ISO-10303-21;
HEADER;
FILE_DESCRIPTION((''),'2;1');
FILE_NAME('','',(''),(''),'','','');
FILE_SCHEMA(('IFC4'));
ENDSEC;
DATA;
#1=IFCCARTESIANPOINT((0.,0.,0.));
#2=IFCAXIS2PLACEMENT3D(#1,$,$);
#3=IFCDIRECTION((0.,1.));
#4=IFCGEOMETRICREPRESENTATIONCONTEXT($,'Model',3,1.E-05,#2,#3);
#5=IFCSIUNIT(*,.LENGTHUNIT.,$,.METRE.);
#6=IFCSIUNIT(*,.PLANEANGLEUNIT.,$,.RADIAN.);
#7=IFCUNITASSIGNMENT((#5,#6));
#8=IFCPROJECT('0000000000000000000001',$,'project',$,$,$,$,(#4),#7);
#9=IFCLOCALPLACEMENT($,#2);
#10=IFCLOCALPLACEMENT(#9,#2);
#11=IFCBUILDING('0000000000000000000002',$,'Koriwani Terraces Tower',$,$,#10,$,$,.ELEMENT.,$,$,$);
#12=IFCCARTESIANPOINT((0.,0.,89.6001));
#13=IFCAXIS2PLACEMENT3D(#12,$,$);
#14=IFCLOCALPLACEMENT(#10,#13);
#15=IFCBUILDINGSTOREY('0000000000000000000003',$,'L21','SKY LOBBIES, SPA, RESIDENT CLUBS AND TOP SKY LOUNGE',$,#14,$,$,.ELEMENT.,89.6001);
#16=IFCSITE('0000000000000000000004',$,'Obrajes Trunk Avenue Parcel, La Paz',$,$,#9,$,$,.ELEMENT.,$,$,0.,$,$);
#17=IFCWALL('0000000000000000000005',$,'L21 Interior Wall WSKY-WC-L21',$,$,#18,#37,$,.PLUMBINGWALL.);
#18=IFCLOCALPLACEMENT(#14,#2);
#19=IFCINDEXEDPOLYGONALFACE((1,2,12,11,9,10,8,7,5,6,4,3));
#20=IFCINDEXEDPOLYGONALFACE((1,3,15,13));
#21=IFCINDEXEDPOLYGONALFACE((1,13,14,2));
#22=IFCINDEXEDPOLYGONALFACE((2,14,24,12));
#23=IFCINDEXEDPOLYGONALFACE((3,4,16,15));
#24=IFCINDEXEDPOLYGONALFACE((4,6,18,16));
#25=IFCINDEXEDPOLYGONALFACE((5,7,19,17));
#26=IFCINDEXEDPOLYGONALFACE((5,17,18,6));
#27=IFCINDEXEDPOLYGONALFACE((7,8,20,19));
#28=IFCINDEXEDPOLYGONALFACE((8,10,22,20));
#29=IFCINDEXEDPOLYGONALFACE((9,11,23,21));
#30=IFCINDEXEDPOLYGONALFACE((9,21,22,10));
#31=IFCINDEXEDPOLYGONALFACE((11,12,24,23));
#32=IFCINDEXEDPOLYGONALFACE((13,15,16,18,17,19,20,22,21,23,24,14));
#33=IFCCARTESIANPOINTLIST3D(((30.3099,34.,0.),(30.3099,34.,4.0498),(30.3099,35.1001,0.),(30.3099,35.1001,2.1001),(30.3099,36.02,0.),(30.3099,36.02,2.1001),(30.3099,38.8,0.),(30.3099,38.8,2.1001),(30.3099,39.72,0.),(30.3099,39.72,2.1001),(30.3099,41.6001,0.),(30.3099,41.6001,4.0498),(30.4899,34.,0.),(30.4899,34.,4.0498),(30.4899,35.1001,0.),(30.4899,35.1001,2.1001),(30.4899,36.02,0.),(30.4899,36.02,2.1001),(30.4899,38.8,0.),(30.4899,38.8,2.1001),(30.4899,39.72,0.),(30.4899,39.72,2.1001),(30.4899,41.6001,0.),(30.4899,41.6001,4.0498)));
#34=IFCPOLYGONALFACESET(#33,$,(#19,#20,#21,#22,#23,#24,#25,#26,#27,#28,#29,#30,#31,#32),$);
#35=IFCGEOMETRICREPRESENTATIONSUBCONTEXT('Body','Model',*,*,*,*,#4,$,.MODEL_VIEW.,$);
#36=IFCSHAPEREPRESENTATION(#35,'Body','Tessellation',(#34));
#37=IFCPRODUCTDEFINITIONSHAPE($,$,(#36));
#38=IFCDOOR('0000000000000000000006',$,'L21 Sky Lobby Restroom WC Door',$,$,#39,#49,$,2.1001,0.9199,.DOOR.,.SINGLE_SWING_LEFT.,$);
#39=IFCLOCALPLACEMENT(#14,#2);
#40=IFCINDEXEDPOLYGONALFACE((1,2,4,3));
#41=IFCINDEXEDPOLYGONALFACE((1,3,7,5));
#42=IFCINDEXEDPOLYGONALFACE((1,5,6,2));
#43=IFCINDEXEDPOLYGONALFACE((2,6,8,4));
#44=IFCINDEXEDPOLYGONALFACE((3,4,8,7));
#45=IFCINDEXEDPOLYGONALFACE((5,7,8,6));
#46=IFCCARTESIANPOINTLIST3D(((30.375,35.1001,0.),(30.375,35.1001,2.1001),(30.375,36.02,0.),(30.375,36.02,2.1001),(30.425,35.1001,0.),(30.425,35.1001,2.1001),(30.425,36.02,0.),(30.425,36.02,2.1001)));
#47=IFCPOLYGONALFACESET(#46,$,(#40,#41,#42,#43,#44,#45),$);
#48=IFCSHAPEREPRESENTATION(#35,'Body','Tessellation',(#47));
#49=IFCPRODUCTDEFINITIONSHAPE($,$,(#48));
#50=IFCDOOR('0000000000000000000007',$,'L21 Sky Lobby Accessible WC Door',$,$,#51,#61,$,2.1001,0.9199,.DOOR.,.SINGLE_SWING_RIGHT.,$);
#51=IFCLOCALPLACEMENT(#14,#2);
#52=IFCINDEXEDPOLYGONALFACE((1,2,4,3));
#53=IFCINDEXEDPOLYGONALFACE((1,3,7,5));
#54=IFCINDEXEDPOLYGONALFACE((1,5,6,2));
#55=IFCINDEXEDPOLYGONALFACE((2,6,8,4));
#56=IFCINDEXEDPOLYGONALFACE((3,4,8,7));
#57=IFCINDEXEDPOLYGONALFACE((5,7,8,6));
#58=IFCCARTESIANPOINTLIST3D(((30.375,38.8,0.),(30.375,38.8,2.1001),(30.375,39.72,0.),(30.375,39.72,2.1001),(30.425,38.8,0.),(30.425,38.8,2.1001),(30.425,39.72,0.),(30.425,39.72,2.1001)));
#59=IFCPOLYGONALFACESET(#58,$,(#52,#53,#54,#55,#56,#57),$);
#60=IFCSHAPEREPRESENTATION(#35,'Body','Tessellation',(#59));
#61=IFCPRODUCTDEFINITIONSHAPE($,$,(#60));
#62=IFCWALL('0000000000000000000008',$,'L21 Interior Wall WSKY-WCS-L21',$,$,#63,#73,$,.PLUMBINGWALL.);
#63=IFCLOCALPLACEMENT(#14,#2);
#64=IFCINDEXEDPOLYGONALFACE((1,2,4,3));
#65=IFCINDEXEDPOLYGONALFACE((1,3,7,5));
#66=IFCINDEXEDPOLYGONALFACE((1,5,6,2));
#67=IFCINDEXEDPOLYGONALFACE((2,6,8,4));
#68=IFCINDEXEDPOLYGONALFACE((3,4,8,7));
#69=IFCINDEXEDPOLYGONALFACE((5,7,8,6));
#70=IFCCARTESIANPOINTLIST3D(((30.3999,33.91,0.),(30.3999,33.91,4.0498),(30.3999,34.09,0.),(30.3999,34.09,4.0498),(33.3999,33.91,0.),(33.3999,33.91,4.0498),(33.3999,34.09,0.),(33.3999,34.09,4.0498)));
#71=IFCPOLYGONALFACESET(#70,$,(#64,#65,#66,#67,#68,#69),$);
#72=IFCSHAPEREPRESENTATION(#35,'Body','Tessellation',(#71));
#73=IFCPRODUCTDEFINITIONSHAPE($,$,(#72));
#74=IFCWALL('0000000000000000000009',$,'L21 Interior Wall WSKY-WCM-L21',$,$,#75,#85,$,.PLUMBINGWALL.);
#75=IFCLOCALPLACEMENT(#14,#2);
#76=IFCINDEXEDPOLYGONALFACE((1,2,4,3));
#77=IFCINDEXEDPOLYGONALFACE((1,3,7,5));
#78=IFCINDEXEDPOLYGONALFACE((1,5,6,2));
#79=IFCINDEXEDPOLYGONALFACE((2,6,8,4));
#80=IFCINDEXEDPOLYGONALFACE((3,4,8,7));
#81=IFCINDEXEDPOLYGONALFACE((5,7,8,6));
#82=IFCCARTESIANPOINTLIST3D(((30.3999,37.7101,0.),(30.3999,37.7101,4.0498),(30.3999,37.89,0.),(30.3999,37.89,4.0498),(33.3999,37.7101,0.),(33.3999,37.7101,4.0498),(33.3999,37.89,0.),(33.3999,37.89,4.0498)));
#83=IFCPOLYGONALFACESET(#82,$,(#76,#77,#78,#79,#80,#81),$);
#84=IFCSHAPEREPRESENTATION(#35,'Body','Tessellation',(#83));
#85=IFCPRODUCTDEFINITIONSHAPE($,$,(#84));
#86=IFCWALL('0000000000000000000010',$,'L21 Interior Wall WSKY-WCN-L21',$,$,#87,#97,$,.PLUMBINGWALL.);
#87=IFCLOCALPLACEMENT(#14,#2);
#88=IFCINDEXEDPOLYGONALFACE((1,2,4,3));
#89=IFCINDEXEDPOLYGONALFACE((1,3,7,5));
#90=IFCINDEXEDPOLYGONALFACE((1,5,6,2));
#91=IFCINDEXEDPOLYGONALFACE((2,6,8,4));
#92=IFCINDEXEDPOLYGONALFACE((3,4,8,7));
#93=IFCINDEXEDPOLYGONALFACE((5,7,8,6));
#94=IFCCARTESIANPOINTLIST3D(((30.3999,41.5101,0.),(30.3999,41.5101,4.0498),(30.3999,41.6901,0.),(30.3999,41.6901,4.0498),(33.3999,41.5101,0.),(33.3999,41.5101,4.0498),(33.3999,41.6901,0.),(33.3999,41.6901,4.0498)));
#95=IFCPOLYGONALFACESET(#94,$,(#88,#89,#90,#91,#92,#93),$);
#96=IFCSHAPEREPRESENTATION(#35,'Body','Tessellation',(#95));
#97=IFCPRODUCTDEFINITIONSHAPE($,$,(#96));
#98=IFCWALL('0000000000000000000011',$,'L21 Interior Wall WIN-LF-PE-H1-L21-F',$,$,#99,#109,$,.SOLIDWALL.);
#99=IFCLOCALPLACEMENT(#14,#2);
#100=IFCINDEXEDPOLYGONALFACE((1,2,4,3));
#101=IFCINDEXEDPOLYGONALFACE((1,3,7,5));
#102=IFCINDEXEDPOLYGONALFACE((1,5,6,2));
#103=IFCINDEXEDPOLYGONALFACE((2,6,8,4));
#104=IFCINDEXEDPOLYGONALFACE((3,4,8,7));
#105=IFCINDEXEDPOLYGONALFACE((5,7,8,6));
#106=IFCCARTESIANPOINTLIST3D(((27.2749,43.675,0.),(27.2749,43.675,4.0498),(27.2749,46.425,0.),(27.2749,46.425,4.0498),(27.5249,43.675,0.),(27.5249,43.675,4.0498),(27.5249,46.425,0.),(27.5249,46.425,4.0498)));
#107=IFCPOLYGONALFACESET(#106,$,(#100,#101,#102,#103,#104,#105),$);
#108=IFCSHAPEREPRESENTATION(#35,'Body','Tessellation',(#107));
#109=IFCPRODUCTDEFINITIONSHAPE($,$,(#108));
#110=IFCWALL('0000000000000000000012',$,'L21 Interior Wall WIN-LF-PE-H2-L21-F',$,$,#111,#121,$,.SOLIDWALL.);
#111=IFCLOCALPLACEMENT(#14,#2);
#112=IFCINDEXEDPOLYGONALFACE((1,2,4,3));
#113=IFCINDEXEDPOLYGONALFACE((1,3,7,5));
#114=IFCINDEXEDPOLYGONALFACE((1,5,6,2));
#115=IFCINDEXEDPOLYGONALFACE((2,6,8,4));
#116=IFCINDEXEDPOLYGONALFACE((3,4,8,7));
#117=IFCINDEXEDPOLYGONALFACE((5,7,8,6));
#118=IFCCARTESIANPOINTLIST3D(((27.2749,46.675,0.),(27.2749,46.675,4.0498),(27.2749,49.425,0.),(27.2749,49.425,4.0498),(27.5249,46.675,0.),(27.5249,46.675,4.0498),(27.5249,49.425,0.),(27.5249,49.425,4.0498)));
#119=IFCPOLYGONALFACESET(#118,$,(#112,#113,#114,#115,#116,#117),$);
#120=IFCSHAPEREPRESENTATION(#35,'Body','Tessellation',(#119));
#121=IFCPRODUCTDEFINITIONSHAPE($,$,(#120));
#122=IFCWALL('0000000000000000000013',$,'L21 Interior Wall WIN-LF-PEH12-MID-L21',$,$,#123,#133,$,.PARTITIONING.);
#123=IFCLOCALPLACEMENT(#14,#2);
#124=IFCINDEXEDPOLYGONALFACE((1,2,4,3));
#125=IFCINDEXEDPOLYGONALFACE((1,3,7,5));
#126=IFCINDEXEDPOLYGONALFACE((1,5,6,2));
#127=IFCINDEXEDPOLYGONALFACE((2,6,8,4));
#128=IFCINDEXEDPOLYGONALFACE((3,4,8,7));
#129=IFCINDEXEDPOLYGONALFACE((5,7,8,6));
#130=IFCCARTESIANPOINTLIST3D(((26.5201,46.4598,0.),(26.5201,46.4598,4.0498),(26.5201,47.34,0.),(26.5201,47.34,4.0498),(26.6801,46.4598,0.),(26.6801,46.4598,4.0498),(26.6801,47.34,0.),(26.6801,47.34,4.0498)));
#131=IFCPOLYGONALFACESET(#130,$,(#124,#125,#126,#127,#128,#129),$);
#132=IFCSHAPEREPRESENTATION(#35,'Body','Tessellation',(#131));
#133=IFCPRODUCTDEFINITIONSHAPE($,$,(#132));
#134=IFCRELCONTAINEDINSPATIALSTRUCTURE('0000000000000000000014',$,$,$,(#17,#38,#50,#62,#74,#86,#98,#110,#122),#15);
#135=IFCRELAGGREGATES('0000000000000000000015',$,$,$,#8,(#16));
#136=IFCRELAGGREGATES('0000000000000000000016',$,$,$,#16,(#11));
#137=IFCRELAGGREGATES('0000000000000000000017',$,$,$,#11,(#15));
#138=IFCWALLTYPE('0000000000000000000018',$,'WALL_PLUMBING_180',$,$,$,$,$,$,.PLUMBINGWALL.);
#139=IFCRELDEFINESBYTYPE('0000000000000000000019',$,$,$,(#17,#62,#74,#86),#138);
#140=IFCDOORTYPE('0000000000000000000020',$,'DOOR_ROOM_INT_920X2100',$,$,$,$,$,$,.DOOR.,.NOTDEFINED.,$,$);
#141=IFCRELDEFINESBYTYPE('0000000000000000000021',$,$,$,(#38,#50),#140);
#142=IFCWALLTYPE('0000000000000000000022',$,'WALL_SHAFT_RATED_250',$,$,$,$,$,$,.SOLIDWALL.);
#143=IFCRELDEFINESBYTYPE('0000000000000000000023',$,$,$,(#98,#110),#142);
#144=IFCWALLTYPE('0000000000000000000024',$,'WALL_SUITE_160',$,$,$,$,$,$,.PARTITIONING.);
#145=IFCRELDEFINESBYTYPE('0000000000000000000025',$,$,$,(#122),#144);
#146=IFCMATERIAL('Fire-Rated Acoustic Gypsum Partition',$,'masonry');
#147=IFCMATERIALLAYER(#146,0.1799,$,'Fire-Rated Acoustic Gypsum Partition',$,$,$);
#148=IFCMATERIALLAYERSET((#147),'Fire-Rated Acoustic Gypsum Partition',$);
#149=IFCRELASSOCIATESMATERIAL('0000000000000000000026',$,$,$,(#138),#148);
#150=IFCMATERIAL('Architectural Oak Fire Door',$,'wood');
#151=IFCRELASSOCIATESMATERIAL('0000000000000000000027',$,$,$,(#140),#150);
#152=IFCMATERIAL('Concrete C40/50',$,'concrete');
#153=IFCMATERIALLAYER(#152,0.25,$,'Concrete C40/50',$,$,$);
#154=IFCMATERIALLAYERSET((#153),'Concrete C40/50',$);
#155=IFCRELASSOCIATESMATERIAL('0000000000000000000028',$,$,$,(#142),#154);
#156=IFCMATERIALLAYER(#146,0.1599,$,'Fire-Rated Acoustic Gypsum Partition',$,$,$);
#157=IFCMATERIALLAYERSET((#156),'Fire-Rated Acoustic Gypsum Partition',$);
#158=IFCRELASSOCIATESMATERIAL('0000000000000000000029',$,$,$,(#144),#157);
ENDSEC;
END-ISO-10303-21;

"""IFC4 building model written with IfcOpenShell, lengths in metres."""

from ifc_helpers import new_model, si_unit, direction, frame, frame_2d, origin, place, context, subcontext, project, spatial, rectangle, extrude, material, layer, layer_set, type_object, element, fill, save


model = new_model("IFC4")

# Units and contexts
model_context = context("Model", 3, precision=1e-05, world=origin(), true_north=direction((0.0, 1.0)))
body_context = subcontext(model_context, "Body", "Model", "MODEL_VIEW")
ifc_project = project(units=[si_unit("LENGTHUNIT", "METRE"), si_unit("PLANEANGLEUNIT", "RADIAN")], contexts=[model_context])

# Site, building, storey
site_placement = place(None, origin())
site = spatial("IfcSite", under=ifc_project, at=site_placement, Name="Obrajes Trunk Avenue Parcel, La Paz", CompositionType="ELEMENT", RefElevation=0.0)
building_placement = place(site_placement, origin())
building = spatial("IfcBuilding", under=site, at=building_placement, Name="Koriwani Terraces Tower", CompositionType="ELEMENT")
storey_placement = place(building_placement, frame((0.0, 0.0, 89.6001)))
storey = spatial("IfcBuildingStorey", under=building, at=storey_placement, Name="L21", Description="SKY LOBBIES, SPA, RESIDENT CLUBS AND TOP SKY LOUNGE", CompositionType="ELEMENT", Elevation=89.6001)

# Shared definitions
ifc_material_1 = material(Name="Concrete C40/50", Category="concrete")

# Wall, openings, doors
ifc_material_2 = material(Name="Fire-Rated Acoustic Gypsum Partition", Category="masonry")
ifc_layer_1 = layer(ifc_material_2, 0.1799, Name="Fire-Rated Acoustic Gypsum Partition")
ifc_layer_set_1 = layer_set([ifc_layer_1], Name="Fire-Rated Acoustic Gypsum Partition")
wall_type_1 = type_object("IfcWallType", Name="WALL_PLUMBING_180", PredefinedType="PLUMBINGWALL", material=ifc_layer_set_1)
wall_1_placement = place(storey_placement, frame((30.3999, 34.0, 0.0), z_axis=(0.0, 0.0, 1.0), x_axis=(0.0, 1.0, 0.0)))
wall_1 = element("IfcWall", 1, at=wall_1_placement, inside=storey, type_object=wall_type_1, Name="L21 Interior Wall WSKY-WC-L21", PredefinedType="PLUMBINGWALL", context=body_context, shape_type="SweptSolid", body=[
    extrude(rectangle(XDim=7.6001, YDim=0.1799, at=frame_2d((3.8, 0.0))), origin(), (0.0, 0.0, 1.0), 4.0498),
])
opening_1_placement = place(wall_1_placement, frame((1.1001, 0.0, 0.0)))
opening_1 = element("IfcOpeningElement", 2, at=opening_1_placement, cuts=wall_1, PredefinedType="OPENING", context=body_context, shape_type="SweptSolid", body=[
    extrude(rectangle(XDim=0.9199, YDim=2.1001, at=frame_2d((0.46, 1.05))), frame((0.0, 0.1001, 0.0), z_axis=(0.0, -1.0, 0.0), x_axis=(1.0, 0.0, 0.0)), (0.0, 0.0, 1.0), 0.2),
])
opening_2_placement = place(wall_1_placement, frame((4.8, 0.0, 0.0)))
opening_2 = element("IfcOpeningElement", 3, at=opening_2_placement, cuts=wall_1, PredefinedType="OPENING", context=body_context, shape_type="SweptSolid", body=[
    extrude(rectangle(XDim=0.9199, YDim=2.1001, at=frame_2d((0.46, 1.05))), frame((0.0, 0.1001, 0.0), z_axis=(0.0, -1.0, 0.0), x_axis=(1.0, 0.0, 0.0)), (0.0, 0.0, 1.0), 0.2),
])
ifc_material_3 = material(Name="Architectural Oak Fire Door", Category="wood")
door_type_1 = type_object("IfcDoorType", Name="DOOR_ROOM_INT_920X2100", OperationType="NOTDEFINED", PredefinedType="DOOR", material=ifc_material_3)
door_1_placement = place(opening_1_placement, origin())
door_1 = element("IfcDoor", 4, at=door_1_placement, inside=storey, type_object=door_type_1, Name="L21 Sky Lobby Restroom WC Door", OperationType="SINGLE_SWING_LEFT", OverallHeight=2.1001, OverallWidth=0.9199, PredefinedType="DOOR", context=body_context, shape_type="SweptSolid", body=[
    extrude(rectangle(XDim=0.9199, YDim=2.1001, at=frame_2d((0.46, 1.05))), frame((0.0, 0.0249, 0.0), z_axis=(0.0, -1.0, 0.0), x_axis=(1.0, 0.0, 0.0)), (0.0, 0.0, 1.0), 0.05),
])
fill(opening_1, door_1)
door_2_placement = place(opening_2_placement, origin())
door_2 = element("IfcDoor", 5, at=door_2_placement, inside=storey, type_object=door_type_1, Name="L21 Sky Lobby Accessible WC Door", OperationType="SINGLE_SWING_RIGHT", OverallHeight=2.1001, OverallWidth=0.9199, PredefinedType="DOOR", context=body_context, shape_type="SweptSolid", body=[
    extrude(rectangle(XDim=0.9199, YDim=2.1001, at=frame_2d((0.46, 1.05))), frame((0.0, 0.0249, 0.0), z_axis=(0.0, -1.0, 0.0), x_axis=(1.0, 0.0, 0.0)), (0.0, 0.0, 1.0), 0.05),
])
fill(opening_2, door_2)

# Walls
for number, where, z_axis, x_axis, name in (
    (6, (30.3999, 34.0, 0.0), (0.0, 0.0, 1.0), (1.0, 0.0, 0.0), "L21 Interior Wall WSKY-WCS-L21"),
    (7, (30.3999, 37.8, 0.0), (0.0, 0.0, 1.0), (1.0, 0.0, 0.0), "L21 Interior Wall WSKY-WCM-L21"),
    (8, (30.3999, 41.6001, 0.0), (0.0, 0.0, 1.0), (1.0, 0.0, 0.0), "L21 Interior Wall WSKY-WCN-L21"),
):
    element("IfcWall", number, at=place(storey_placement, frame(where, z_axis=z_axis, x_axis=x_axis)), inside=storey, type_object=wall_type_1, Name=name, PredefinedType="PLUMBINGWALL", context=body_context, shape_type="SweptSolid", body=[
        extrude(rectangle(XDim=3.0, YDim=0.1799, at=frame_2d((1.5, 0.0))), origin(), (0.0, 0.0, 1.0), 4.0498),
    ])
ifc_layer_2 = layer(ifc_material_1, 0.25, Name="Concrete C40/50")
ifc_layer_set_2 = layer_set([ifc_layer_2], Name="Concrete C40/50")
wall_type_2 = type_object("IfcWallType", Name="WALL_SHAFT_RATED_250", PredefinedType="SOLIDWALL", material=ifc_layer_set_2)
for number, where, z_axis, x_axis, name in (
    (9, (27.3999, 43.675, 0.0), (0.0, 0.0, 1.0), (0.0, 1.0, 0.0), "L21 Interior Wall WIN-LF-PE-H1-L21-F"),
    (10, (27.3999, 46.675, 0.0), (0.0, 0.0, 1.0), (0.0, 1.0, 0.0), "L21 Interior Wall WIN-LF-PE-H2-L21-F"),
):
    element("IfcWall", number, at=place(storey_placement, frame(where, z_axis=z_axis, x_axis=x_axis)), inside=storey, type_object=wall_type_2, Name=name, PredefinedType="SOLIDWALL", context=body_context, shape_type="SweptSolid", body=[
        extrude(rectangle(XDim=2.75, YDim=0.25, at=frame_2d((1.375, 0.0))), origin(), (0.0, 0.0, 1.0), 4.0498),
    ])
ifc_layer_3 = layer(ifc_material_2, 0.1599, Name="Fire-Rated Acoustic Gypsum Partition")
ifc_layer_set_3 = layer_set([ifc_layer_3], Name="Fire-Rated Acoustic Gypsum Partition")
wall_type_3 = type_object("IfcWallType", Name="WALL_SUITE_160", PredefinedType="PARTITIONING", material=ifc_layer_set_3)
wall_2_placement = place(storey_placement, frame((26.6001, 46.46, 0.0), z_axis=(0.0, 0.0, 1.0), x_axis=(0.0, 1.0, 0.0)))
element("IfcWall", 11, at=wall_2_placement, inside=storey, type_object=wall_type_3, Name="L21 Interior Wall WIN-LF-PEH12-MID-L21", PredefinedType="PARTITIONING", context=body_context, shape_type="SweptSolid", body=[
    extrude(rectangle(XDim=0.8801, YDim=0.1599, at=frame_2d((0.4399, 0.0))), origin(), (0.0, 0.0, 1.0), 4.0498),
])

save(model, "model.ifc")
